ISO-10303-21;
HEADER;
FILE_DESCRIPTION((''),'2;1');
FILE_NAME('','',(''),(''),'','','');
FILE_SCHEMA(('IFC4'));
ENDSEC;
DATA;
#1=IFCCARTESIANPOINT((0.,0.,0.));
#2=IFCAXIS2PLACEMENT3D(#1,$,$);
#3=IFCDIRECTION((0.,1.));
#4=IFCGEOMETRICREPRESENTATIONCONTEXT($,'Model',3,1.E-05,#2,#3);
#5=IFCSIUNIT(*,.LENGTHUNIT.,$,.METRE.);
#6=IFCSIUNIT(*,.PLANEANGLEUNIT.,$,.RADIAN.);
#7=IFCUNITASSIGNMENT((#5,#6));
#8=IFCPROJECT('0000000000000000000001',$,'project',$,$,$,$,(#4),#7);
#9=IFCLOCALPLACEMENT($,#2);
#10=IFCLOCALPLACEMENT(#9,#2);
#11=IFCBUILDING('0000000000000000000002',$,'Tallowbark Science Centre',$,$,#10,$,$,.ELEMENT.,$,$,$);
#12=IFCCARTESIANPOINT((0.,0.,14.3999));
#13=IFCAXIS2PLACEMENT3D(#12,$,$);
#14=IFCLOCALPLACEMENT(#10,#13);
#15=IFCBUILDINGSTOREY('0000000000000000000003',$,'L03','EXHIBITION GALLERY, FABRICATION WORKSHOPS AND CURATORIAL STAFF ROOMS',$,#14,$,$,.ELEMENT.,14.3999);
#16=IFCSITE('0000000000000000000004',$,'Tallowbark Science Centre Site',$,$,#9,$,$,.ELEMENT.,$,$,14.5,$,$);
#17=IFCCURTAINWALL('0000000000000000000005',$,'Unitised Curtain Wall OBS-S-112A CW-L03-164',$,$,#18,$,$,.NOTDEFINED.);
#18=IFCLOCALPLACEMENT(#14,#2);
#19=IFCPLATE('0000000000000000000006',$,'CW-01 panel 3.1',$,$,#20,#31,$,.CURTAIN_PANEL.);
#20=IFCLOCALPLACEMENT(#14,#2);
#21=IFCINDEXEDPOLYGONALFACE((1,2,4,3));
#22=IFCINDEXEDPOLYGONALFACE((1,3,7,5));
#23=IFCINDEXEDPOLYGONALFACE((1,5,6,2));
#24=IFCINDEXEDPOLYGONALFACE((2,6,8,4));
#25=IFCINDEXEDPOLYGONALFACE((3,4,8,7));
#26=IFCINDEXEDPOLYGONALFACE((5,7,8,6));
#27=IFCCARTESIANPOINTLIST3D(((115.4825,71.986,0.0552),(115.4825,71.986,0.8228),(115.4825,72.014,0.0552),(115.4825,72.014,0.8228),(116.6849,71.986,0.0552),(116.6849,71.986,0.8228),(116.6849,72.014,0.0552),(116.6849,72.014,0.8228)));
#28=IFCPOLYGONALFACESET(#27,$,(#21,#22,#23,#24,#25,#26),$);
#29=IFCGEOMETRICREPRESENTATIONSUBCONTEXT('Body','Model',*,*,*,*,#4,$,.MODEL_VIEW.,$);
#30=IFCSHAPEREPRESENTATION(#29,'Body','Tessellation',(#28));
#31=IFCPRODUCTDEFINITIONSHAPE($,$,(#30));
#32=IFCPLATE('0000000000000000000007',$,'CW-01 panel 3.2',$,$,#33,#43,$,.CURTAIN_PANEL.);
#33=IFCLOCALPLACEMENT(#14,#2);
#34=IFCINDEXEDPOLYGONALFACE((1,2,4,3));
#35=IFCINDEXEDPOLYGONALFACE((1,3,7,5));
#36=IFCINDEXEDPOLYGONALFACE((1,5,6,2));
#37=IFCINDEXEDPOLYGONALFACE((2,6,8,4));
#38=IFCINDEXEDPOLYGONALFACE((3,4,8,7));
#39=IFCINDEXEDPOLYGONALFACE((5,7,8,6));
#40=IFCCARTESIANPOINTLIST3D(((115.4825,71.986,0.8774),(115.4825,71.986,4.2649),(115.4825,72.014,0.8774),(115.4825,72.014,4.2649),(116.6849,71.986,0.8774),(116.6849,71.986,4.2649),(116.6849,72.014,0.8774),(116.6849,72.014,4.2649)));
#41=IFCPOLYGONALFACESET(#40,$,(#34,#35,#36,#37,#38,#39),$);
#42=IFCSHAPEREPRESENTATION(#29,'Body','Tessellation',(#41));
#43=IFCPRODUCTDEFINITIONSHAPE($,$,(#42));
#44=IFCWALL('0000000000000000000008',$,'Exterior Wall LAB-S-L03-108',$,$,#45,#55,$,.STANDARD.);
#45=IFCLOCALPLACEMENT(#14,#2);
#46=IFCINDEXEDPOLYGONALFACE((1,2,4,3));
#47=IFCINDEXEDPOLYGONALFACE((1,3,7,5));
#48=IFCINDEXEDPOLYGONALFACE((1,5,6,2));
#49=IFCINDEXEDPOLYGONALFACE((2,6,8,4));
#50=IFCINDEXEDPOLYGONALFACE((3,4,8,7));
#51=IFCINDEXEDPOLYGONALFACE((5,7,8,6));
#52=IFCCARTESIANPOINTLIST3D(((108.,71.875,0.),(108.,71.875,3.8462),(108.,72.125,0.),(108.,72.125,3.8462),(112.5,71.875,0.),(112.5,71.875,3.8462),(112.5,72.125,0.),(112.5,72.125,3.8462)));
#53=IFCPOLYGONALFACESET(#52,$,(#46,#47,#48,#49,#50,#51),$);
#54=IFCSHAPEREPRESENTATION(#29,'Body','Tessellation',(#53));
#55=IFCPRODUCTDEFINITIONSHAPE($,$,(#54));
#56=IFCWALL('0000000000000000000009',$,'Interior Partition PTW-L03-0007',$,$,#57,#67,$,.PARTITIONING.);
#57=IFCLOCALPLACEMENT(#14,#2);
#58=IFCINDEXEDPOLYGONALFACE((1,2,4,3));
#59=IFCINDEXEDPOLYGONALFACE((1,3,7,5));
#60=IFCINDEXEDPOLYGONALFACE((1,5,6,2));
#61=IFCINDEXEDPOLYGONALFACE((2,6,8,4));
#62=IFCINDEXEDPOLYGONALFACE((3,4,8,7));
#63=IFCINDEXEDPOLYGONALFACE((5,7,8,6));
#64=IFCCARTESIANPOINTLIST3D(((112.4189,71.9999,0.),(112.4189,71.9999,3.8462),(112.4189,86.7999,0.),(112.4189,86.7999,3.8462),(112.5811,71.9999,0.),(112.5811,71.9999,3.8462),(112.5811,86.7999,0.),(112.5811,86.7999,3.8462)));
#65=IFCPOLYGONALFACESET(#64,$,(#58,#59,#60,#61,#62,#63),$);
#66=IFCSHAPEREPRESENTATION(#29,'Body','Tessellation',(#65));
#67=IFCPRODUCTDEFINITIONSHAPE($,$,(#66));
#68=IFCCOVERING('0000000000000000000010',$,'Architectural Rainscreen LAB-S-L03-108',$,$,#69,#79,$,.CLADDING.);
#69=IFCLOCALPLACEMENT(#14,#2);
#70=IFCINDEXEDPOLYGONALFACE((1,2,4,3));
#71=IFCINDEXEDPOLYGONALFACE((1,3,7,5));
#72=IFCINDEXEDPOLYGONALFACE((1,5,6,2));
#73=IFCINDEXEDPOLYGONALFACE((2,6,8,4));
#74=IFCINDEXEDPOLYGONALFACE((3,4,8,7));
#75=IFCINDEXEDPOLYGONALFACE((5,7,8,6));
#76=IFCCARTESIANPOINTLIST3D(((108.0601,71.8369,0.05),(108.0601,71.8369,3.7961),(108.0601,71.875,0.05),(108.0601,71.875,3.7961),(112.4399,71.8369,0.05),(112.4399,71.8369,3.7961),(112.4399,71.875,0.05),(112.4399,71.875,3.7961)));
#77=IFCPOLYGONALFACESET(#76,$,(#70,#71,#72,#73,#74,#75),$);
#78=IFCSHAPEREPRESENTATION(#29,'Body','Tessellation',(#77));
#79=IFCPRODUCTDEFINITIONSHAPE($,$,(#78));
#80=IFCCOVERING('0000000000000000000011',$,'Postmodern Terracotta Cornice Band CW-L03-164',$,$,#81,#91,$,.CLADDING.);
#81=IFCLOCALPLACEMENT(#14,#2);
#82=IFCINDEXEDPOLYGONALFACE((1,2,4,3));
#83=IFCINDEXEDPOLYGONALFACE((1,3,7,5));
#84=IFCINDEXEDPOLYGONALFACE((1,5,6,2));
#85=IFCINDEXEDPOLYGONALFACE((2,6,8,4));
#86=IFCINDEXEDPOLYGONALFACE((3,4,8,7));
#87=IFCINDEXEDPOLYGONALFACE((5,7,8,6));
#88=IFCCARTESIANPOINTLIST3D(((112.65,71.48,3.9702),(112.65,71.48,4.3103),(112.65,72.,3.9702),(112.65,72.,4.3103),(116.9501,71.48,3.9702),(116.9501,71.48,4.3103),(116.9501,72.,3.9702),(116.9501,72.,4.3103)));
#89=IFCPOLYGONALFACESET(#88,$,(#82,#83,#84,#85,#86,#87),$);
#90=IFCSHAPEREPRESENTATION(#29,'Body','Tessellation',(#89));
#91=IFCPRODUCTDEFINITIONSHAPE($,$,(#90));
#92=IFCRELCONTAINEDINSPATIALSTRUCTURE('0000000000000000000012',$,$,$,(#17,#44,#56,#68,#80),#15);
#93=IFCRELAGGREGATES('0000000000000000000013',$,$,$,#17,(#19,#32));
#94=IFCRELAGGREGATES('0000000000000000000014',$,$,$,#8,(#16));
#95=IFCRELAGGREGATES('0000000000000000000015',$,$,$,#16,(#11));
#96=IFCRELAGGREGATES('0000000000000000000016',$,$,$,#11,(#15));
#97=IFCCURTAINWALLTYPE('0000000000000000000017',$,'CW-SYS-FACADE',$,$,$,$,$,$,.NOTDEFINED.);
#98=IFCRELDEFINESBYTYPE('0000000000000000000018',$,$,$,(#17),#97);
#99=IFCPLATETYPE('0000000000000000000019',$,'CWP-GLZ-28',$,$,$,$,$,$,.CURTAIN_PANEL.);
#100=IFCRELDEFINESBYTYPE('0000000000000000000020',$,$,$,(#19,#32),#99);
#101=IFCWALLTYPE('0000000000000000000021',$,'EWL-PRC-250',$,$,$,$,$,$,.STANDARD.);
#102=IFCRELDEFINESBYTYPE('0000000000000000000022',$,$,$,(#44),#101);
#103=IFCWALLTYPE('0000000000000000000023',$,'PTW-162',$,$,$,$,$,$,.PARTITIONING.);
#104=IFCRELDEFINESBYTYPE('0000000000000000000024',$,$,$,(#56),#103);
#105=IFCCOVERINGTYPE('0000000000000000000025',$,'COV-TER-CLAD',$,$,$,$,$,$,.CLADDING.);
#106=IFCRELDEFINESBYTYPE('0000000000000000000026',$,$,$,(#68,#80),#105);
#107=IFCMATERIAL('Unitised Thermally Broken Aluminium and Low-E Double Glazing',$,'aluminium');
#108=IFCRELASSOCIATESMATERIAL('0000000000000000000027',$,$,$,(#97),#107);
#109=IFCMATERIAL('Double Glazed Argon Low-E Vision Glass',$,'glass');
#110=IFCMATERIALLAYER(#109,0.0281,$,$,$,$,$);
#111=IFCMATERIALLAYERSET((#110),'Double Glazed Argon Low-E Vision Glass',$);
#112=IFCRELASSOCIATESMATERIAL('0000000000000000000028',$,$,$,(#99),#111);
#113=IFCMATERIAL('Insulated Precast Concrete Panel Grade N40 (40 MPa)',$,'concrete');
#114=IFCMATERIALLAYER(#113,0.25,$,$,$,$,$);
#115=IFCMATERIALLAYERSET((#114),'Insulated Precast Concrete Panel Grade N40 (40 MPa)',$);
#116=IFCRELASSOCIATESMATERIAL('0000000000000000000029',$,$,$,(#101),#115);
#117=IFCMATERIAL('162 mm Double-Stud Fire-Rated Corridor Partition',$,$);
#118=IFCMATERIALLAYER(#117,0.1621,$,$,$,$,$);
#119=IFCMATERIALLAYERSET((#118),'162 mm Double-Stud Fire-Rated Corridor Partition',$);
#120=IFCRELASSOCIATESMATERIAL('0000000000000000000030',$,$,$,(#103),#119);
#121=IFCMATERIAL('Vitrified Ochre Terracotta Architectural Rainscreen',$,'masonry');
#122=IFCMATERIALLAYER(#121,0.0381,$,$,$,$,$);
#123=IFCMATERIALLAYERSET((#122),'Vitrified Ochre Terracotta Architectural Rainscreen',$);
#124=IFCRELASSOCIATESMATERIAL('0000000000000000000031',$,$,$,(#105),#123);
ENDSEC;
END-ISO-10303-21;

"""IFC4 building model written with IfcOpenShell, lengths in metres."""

from ifc_helpers import new_model, si_unit, direction, frame, frame_2d, origin, origin_2d, place, context, subcontext, project, spatial, rectangle, extrude, material, layer, layer_set, type_object, element, aggregate, save


model = new_model("IFC4")

# Units and contexts
model_context = context("Model", 3, precision=1e-05, world=origin(), true_north=direction((0.0, 1.0)))
body_context = subcontext(model_context, "Body", "Model", "MODEL_VIEW")
ifc_project = project(units=[si_unit("LENGTHUNIT", "METRE"), si_unit("PLANEANGLEUNIT", "RADIAN")], contexts=[model_context])

# Site, building, storey
site_placement = place(None, origin())
site = spatial("IfcSite", under=ifc_project, at=site_placement, Name="Tallowbark Science Centre Site", CompositionType="ELEMENT", RefElevation=14.5)
building_placement = place(site_placement, origin())
building = spatial("IfcBuilding", under=site, at=building_placement, Name="Tallowbark Science Centre", CompositionType="ELEMENT")
storey_placement = place(building_placement, frame((0.0, 0.0, 14.3999)))
storey = spatial("IfcBuildingStorey", under=building, at=storey_placement, Name="L03", Description="EXHIBITION GALLERY, FABRICATION WORKSHOPS AND CURATORIAL STAFF ROOMS", CompositionType="ELEMENT", Elevation=14.3999)

# Curtain wall
ifc_material_1 = material(Name="Unitised Thermally Broken Aluminium and Low-E Double Glazing", Category="aluminium")
curtain_wall_type = type_object("IfcCurtainWallType", Name="CW-SYS-FACADE", PredefinedType="NOTDEFINED", material=ifc_material_1)
curtain_wall_1_placement = place(storey_placement, origin())
curtain_wall_1 = element("IfcCurtainWall", 1, at=curtain_wall_1_placement, inside=storey, type_object=curtain_wall_type, Name="Unitised Curtain Wall OBS-S-112A CW-L03-164", PredefinedType="NOTDEFINED")

# Plates
ifc_material_2 = material(Name="Double Glazed Argon Low-E Vision Glass", Category="glass")
ifc_layer_1 = layer(ifc_material_2, 0.0281)
ifc_layer_set_1 = layer_set([ifc_layer_1], Name="Double Glazed Argon Low-E Vision Glass")
plate_type = type_object("IfcPlateType", Name="CWP-GLZ-28", PredefinedType="CURTAIN_PANEL", material=ifc_layer_set_1)
plate_1_placement = place(storey_placement, frame((116.0837, 72.0, 0.0552), z_axis=(0.0, 0.0, 1.0), x_axis=(1.0, 0.0, 0.0)))
plate_1 = element("IfcPlate", 2, at=plate_1_placement, type_object=plate_type, Name="CW-01 panel 3.1", PredefinedType="CURTAIN_PANEL", context=body_context, shape_type="SweptSolid", body=[
    extrude(rectangle(XDim=1.2024, YDim=0.0281, at=origin_2d()), origin(), (0.0, 0.0, 1.0), 0.7676),
])
plate_2_placement = place(storey_placement, frame((116.0837, 72.0, 0.8774), z_axis=(0.0, 0.0, 1.0), x_axis=(1.0, 0.0, 0.0)))
plate_2 = element("IfcPlate", 3, at=plate_2_placement, type_object=plate_type, Name="CW-01 panel 3.2", PredefinedType="CURTAIN_PANEL", context=body_context, shape_type="SweptSolid", body=[
    extrude(rectangle(XDim=1.2024, YDim=0.0281, at=origin_2d()), origin(), (0.0, 0.0, 1.0), 3.3875),
])
aggregate(curtain_wall_1, [plate_1, plate_2])

# Walls
ifc_material_3 = material(Name="Insulated Precast Concrete Panel Grade N40 (40 MPa)", Category="concrete")
ifc_layer_2 = layer(ifc_material_3, 0.25)
ifc_layer_set_2 = layer_set([ifc_layer_2], Name="Insulated Precast Concrete Panel Grade N40 (40 MPa)")
wall_type_1 = type_object("IfcWallType", Name="EWL-PRC-250", PredefinedType="STANDARD", material=ifc_layer_set_2)
wall_1_placement = place(storey_placement, frame((108.0, 72.0, 0.0), z_axis=(0.0, 0.0, 1.0), x_axis=(1.0, 0.0, 0.0)))
element("IfcWall", 4, at=wall_1_placement, inside=storey, type_object=wall_type_1, Name="Exterior Wall LAB-S-L03-108", PredefinedType="STANDARD", context=body_context, shape_type="SweptSolid", body=[
    extrude(rectangle(XDim=4.5, YDim=0.25, at=frame_2d((2.25, 0.0))), origin(), (0.0, 0.0, 1.0), 3.8462),
])
ifc_material_4 = material(Name="162 mm Double-Stud Fire-Rated Corridor Partition")
ifc_layer_3 = layer(ifc_material_4, 0.1621)
ifc_layer_set_3 = layer_set([ifc_layer_3], Name="162 mm Double-Stud Fire-Rated Corridor Partition")
wall_type_2 = type_object("IfcWallType", Name="PTW-162", PredefinedType="PARTITIONING", material=ifc_layer_set_3)
wall_2_placement = place(storey_placement, frame((112.5, 72.0, 0.0), z_axis=(0.0, 0.0, 1.0), x_axis=(0.0, 1.0, 0.0)))
element("IfcWall", 5, at=wall_2_placement, inside=storey, type_object=wall_type_2, Name="Interior Partition PTW-L03-0007", PredefinedType="PARTITIONING", context=body_context, shape_type="SweptSolid", body=[
    extrude(rectangle(XDim=14.8, YDim=0.1621, at=frame_2d((7.3999, 0.0))), origin(), (0.0, 0.0, 1.0), 3.8462),
])

# Coverings
ifc_material_5 = material(Name="Vitrified Ochre Terracotta Architectural Rainscreen", Category="masonry")
ifc_layer_4 = layer(ifc_material_5, 0.0381)
ifc_layer_set_4 = layer_set([ifc_layer_4], Name="Vitrified Ochre Terracotta Architectural Rainscreen")
covering_type = type_object("IfcCoveringType", Name="COV-TER-CLAD", PredefinedType="CLADDING", material=ifc_layer_set_4)
covering_1_placement = place(storey_placement, frame((110.25, 71.856, 0.05), z_axis=(0.0, 0.0, 1.0), x_axis=(1.0, 0.0, 0.0)))
element("IfcCovering", 6, at=covering_1_placement, inside=storey, type_object=covering_type, Name="Architectural Rainscreen LAB-S-L03-108", PredefinedType="CLADDING", context=body_context, shape_type="SweptSolid", body=[
    extrude(rectangle(XDim=4.3799, YDim=0.0381, at=origin_2d()), origin(), (0.0, 0.0, 1.0), 3.7461),
])
covering_2_placement = place(storey_placement, frame((114.8, 71.74, 3.9702), z_axis=(0.0, 0.0, 1.0), x_axis=(1.0, 0.0, 0.0)))
element("IfcCovering", 7, at=covering_2_placement, inside=storey, type_object=covering_type, Name="Postmodern Terracotta Cornice Band CW-L03-164", PredefinedType="CLADDING", context=body_context, shape_type="SweptSolid", body=[
    extrude(rectangle(XDim=4.3, YDim=0.52, at=origin_2d()), origin(), (0.0, 0.0, 1.0), 0.3401),
])

save(model, "model.ifc")
